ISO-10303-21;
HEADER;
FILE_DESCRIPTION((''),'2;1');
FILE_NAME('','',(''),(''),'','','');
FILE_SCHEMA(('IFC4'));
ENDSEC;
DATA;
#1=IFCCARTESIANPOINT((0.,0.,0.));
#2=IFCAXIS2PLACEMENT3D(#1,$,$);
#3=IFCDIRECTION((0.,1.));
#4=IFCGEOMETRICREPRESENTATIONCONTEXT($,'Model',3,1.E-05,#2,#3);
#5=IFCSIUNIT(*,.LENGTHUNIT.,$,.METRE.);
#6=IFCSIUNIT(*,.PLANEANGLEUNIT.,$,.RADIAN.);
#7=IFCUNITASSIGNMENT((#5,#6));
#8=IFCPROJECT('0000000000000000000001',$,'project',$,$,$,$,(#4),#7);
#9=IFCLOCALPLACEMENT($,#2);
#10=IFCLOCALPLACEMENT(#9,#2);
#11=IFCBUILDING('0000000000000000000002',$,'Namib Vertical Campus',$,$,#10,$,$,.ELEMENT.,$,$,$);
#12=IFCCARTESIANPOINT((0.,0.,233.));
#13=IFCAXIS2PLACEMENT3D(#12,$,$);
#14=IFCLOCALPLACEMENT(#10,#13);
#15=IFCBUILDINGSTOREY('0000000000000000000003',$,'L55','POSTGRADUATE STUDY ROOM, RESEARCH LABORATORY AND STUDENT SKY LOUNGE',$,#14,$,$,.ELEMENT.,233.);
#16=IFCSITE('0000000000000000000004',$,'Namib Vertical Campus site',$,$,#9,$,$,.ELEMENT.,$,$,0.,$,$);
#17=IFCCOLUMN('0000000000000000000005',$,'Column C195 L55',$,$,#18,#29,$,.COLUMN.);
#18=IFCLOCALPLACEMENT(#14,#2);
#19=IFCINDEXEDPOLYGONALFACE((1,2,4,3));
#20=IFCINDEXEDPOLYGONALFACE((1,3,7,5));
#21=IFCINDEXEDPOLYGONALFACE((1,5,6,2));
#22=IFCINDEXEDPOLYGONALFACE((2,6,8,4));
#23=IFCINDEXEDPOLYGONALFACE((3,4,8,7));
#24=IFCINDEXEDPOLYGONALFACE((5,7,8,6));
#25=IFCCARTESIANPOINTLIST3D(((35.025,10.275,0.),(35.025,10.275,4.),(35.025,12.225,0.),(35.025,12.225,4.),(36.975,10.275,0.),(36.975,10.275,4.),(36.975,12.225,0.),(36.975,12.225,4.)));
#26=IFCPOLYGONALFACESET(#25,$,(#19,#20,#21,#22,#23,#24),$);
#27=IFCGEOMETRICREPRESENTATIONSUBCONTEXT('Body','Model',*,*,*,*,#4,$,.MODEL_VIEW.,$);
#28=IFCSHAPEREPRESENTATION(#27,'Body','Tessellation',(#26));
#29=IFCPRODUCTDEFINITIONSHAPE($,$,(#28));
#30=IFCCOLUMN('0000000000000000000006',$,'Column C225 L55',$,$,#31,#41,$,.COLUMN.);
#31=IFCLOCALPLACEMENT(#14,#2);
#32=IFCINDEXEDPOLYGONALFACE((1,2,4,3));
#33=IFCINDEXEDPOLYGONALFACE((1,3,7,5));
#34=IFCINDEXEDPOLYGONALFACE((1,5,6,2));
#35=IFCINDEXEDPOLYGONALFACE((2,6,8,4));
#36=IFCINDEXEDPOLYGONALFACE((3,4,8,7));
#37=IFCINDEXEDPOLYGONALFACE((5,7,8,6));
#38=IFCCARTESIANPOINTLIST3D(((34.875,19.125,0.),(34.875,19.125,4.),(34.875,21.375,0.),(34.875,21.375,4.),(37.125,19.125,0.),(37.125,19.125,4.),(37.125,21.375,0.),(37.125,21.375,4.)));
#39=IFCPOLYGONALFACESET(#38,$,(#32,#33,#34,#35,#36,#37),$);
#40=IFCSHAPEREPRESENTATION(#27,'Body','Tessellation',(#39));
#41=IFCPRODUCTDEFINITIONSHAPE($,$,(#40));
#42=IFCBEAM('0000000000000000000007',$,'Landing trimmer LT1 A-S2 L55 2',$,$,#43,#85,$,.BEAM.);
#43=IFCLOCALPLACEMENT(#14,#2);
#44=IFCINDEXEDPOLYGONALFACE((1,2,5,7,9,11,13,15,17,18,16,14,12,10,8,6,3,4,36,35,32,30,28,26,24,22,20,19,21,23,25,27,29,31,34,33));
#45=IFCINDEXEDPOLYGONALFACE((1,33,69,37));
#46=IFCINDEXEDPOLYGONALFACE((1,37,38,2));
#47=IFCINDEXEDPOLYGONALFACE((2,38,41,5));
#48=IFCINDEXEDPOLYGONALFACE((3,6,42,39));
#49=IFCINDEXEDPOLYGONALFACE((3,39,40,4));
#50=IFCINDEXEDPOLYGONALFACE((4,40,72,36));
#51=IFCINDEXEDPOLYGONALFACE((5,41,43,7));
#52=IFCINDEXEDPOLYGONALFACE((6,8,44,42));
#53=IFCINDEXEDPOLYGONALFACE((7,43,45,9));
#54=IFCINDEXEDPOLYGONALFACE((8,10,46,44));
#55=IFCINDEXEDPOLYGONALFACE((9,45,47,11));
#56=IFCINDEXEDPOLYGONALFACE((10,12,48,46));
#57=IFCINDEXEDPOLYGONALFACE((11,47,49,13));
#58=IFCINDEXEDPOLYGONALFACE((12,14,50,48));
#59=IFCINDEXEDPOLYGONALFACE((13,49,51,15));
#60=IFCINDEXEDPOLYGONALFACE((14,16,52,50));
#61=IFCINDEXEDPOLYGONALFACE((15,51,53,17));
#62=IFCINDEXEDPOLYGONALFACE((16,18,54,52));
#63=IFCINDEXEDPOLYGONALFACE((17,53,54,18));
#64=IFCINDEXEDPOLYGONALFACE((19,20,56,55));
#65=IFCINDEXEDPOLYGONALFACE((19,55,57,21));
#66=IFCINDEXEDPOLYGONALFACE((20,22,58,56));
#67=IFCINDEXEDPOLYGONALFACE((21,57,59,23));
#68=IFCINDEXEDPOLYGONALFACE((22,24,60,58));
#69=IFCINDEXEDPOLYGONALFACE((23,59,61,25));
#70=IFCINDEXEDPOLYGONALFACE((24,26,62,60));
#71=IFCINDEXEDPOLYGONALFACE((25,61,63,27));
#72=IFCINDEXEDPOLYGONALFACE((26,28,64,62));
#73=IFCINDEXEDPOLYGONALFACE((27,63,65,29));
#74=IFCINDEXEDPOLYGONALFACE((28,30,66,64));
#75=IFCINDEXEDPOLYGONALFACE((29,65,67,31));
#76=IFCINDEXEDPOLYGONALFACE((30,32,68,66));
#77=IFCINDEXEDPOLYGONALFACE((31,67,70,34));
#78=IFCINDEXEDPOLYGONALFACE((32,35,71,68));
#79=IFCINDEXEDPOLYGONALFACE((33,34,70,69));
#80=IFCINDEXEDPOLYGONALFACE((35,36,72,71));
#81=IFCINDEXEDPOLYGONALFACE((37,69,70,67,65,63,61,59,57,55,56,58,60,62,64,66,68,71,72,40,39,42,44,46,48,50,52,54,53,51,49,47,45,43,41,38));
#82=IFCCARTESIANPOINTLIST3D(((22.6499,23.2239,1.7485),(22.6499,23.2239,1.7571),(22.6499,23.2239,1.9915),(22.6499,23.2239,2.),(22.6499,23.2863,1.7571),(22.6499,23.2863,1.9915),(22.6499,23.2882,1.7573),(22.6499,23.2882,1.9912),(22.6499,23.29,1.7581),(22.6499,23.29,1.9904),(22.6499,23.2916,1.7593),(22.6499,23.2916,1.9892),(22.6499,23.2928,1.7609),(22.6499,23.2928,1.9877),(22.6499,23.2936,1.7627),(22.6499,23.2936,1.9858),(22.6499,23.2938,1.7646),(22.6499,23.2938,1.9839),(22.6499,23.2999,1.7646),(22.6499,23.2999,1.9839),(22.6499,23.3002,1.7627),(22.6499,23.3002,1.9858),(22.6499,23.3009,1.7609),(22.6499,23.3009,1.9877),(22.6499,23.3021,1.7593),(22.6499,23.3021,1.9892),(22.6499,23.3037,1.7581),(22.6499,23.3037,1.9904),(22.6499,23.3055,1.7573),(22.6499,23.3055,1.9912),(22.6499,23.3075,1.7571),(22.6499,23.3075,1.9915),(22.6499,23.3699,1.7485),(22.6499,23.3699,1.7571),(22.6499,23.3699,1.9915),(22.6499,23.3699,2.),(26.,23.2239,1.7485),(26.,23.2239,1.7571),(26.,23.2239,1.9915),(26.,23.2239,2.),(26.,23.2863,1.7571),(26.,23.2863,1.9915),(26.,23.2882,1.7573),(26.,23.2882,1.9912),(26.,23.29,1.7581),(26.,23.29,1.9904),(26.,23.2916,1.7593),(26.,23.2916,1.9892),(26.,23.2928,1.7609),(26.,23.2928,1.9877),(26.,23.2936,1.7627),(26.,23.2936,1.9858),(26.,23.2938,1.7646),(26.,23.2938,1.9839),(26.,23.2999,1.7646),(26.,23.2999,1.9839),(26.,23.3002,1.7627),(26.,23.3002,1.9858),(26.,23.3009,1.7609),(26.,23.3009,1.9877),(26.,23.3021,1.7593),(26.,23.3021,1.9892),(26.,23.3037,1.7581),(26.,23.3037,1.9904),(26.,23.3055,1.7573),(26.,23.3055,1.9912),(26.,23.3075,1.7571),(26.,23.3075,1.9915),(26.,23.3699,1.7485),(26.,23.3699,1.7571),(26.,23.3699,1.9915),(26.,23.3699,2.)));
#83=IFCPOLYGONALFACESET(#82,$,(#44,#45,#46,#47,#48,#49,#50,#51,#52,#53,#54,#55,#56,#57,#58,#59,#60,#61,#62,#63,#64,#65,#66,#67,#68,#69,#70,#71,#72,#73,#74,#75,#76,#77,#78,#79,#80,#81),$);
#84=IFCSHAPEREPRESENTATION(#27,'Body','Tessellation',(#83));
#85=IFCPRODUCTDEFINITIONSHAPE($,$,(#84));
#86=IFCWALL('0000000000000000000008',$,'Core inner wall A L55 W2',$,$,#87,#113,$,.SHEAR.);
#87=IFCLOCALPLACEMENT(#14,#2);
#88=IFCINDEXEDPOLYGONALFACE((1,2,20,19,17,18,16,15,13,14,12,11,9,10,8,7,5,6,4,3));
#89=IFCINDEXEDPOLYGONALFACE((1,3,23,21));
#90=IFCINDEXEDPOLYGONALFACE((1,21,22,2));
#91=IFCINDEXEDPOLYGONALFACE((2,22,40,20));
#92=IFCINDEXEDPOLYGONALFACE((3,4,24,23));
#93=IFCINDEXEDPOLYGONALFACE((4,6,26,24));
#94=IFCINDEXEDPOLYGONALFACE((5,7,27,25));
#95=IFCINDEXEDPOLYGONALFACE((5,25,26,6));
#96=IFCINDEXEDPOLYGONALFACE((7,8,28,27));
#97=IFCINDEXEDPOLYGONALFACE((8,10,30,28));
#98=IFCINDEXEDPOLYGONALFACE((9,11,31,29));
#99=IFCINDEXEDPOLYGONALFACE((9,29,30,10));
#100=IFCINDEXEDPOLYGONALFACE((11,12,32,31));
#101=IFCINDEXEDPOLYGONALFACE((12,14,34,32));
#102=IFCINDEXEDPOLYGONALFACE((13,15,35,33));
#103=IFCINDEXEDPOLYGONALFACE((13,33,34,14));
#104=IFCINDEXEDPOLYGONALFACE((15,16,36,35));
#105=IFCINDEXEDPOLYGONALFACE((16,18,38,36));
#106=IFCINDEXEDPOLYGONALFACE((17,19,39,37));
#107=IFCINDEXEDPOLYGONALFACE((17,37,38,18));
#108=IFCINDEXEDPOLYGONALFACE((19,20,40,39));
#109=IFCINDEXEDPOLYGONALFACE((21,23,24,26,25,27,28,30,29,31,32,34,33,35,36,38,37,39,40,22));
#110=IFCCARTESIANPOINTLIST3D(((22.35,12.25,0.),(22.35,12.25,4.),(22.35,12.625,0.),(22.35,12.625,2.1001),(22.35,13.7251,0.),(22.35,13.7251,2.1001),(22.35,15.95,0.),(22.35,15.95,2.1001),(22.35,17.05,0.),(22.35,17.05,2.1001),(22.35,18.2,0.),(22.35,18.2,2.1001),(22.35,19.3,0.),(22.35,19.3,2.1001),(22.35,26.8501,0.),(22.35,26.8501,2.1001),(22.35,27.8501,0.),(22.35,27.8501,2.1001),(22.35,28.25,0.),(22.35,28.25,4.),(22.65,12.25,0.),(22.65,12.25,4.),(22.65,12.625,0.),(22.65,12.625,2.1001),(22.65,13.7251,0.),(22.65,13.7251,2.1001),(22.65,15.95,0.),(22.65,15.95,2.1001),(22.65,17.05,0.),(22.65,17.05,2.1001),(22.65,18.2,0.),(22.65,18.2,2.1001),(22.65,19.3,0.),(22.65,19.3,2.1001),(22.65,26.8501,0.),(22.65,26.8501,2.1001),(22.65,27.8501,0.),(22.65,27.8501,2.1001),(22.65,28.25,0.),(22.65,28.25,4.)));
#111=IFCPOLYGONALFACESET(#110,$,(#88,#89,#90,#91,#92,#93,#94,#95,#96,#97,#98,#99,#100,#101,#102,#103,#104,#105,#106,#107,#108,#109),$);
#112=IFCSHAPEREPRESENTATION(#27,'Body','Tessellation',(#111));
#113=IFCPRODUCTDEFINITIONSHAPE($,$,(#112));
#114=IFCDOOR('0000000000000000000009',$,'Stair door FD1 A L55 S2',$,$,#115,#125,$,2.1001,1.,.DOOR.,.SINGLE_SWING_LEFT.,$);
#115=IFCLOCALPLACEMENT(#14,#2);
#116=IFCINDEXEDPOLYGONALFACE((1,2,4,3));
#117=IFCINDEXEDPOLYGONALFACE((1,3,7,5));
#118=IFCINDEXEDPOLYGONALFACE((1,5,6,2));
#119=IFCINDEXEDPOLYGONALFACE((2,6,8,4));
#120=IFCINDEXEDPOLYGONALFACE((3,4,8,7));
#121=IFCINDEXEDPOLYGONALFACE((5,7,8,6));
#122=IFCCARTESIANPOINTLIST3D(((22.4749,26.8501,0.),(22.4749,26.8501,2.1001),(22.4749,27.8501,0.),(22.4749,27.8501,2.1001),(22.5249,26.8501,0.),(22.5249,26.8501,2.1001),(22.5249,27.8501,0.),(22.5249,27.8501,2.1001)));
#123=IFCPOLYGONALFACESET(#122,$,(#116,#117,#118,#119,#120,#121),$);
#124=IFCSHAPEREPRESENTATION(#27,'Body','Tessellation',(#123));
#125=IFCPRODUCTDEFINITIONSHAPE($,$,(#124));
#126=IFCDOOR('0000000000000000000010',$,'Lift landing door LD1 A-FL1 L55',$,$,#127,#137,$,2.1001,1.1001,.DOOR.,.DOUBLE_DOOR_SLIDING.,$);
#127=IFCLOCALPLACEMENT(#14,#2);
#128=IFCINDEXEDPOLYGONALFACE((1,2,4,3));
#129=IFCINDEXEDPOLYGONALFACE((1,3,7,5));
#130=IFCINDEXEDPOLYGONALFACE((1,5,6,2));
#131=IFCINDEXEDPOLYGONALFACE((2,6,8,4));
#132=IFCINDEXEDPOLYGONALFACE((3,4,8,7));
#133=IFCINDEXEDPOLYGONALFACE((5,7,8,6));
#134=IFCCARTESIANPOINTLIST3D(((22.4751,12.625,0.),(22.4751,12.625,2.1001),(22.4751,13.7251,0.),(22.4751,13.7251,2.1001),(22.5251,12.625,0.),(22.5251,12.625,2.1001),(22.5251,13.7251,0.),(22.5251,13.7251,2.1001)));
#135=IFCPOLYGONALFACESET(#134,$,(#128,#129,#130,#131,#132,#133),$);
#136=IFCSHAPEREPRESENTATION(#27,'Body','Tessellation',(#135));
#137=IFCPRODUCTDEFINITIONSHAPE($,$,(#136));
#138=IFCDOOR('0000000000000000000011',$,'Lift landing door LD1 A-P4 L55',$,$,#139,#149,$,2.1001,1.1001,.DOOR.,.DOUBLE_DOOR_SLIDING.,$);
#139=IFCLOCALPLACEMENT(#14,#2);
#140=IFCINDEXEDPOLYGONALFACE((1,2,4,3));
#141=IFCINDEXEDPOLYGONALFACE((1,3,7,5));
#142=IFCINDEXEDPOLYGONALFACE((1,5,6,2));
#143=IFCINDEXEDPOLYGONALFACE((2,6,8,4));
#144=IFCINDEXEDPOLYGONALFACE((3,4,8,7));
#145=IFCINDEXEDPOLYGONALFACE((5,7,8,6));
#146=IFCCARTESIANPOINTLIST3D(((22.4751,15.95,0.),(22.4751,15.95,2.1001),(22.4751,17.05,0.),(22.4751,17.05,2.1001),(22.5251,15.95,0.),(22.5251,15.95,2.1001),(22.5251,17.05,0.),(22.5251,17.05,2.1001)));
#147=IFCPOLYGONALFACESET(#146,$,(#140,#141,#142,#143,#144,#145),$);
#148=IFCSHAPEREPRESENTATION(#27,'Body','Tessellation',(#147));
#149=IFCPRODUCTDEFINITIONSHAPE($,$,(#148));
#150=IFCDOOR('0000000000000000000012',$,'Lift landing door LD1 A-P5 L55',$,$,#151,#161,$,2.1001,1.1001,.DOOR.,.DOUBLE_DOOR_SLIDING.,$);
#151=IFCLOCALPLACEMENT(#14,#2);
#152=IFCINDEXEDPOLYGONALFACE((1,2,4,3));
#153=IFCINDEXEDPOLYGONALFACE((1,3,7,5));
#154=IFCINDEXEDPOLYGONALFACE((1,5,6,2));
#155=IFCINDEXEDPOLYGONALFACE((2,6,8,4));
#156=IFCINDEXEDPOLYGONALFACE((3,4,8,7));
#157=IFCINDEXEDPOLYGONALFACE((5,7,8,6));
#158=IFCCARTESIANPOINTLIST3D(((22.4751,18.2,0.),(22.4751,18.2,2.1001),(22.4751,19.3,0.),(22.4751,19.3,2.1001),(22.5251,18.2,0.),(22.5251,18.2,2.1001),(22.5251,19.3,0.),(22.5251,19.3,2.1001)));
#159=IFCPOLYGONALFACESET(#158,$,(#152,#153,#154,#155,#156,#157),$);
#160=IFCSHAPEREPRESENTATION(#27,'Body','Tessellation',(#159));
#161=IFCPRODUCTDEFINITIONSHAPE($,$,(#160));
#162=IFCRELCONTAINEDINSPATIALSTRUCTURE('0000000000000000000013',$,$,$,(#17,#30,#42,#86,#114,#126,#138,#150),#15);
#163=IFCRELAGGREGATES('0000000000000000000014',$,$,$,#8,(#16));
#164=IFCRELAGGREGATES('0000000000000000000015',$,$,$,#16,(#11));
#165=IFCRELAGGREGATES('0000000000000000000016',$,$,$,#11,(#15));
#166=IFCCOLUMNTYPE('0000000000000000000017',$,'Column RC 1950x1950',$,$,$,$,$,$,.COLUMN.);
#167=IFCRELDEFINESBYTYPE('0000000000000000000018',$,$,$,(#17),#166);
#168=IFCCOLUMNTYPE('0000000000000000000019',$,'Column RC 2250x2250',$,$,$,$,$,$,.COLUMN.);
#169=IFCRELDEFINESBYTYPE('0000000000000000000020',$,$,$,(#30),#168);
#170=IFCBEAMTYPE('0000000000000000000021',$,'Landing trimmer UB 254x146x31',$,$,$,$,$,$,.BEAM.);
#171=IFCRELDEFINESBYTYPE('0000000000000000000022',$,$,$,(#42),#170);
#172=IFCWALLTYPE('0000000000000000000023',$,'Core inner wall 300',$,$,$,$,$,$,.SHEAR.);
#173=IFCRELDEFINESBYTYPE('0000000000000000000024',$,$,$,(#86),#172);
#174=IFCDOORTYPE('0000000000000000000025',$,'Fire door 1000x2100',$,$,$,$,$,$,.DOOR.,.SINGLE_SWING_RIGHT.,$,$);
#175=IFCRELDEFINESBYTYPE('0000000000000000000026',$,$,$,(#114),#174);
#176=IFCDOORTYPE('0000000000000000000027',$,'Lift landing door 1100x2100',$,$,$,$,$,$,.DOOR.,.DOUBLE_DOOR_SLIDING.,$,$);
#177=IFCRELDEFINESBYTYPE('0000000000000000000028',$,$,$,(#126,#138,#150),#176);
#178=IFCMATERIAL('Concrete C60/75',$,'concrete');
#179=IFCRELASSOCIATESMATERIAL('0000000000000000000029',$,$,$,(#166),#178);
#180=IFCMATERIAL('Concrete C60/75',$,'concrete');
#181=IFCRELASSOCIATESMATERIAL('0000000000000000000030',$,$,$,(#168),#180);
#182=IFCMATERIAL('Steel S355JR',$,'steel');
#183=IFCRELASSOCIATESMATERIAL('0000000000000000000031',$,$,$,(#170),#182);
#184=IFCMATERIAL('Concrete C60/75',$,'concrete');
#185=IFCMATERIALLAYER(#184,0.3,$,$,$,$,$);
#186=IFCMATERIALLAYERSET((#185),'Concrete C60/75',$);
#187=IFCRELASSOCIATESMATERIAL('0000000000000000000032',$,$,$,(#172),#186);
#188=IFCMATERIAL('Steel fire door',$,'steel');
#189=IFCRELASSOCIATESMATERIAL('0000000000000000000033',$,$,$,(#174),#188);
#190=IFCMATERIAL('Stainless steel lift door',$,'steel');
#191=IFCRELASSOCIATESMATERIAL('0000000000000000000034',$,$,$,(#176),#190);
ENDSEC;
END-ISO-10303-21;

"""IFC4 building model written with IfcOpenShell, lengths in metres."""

from ifc_helpers import new_model, si_unit, direction, frame, frame_2d, origin, origin_2d, place, context, subcontext, project, spatial, rectangle, i_section, extrude, material, layer, layer_set, material_profile, profile_set, type_object, element, fill, save


model = new_model("IFC4")

# Units and contexts
model_context = context("Model", 3, precision=1e-05, world=origin(), true_north=direction((0.0, 1.0)))
body_context = subcontext(model_context, "Body", "Model", "MODEL_VIEW")
ifc_project = project(units=[si_unit("LENGTHUNIT", "METRE"), si_unit("PLANEANGLEUNIT", "RADIAN")], contexts=[model_context])

# Site, building, storey
site_placement = place(None, origin())
site = spatial("IfcSite", under=ifc_project, at=site_placement, Name="Namib Vertical Campus site", CompositionType="ELEMENT", RefElevation=0.0)
building_placement = place(site_placement, origin())
building = spatial("IfcBuilding", under=site, at=building_placement, Name="Namib Vertical Campus", CompositionType="ELEMENT")
storey_placement = place(building_placement, frame((0.0, 0.0, 233.0)))
storey = spatial("IfcBuildingStorey", under=building, at=storey_placement, Name="L55", Description="POSTGRADUATE STUDY ROOM, RESEARCH LABORATORY AND STUDENT SKY LOUNGE", CompositionType="ELEMENT", Elevation=233.0)

# Columns
ifc_material_1 = material(Name="Concrete C60/75", Category="concrete")
ifc_material_profile_1 = material_profile(ifc_material_1, rectangle(XDim=1.95, YDim=1.95, at=origin_2d()))
ifc_profile_set_1 = profile_set([ifc_material_profile_1], Name="Concrete C60/75")
column_type_1 = type_object("IfcColumnType", Name="Column RC 1950x1950", PredefinedType="COLUMN", material=ifc_profile_set_1)
column_1_placement = place(storey_placement, frame((36.0, 11.25, 0.0), z_axis=(0.0, 0.0, 1.0), x_axis=(1.0, 0.0, 0.0)))
element("IfcColumn", 1, at=column_1_placement, inside=storey, type_object=column_type_1, Name="Column C195 L55", PredefinedType="COLUMN", context=body_context, shape_type="SweptSolid", body=[
    extrude(rectangle(XDim=1.95, YDim=1.95, at=origin_2d()), origin(), (0.0, 0.0, 1.0), 4.0),
])
ifc_material_2 = material(Name="Concrete C60/75", Category="concrete")
ifc_material_profile_2 = material_profile(ifc_material_2, rectangle(XDim=2.25, YDim=2.25, at=origin_2d()))
ifc_profile_set_2 = profile_set([ifc_material_profile_2], Name="Concrete C60/75")
column_type_2 = type_object("IfcColumnType", Name="Column RC 2250x2250", PredefinedType="COLUMN", material=ifc_profile_set_2)
column_2_placement = place(storey_placement, frame((36.0, 20.25, 0.0), z_axis=(0.0, 0.0, 1.0), x_axis=(1.0, 0.0, 0.0)))
element("IfcColumn", 2, at=column_2_placement, inside=storey, type_object=column_type_2, Name="Column C225 L55", PredefinedType="COLUMN", context=body_context, shape_type="SweptSolid", body=[
    extrude(rectangle(XDim=2.25, YDim=2.25, at=origin_2d()), origin(), (0.0, 0.0, 1.0), 4.0),
])

# Beam
ifc_material_3 = material(Name="Steel S355JR", Category="steel")
ifc_material_profile_3 = material_profile(ifc_material_3, i_section(OverallWidth=0.146, OverallDepth=0.2515, WebThickness=0.0061, FlangeThickness=0.0085, FilletRadius=0.0076, at=origin_2d()))
ifc_profile_set_3 = profile_set([ifc_material_profile_3], Name="Steel S355JR")
beam_type = type_object("IfcBeamType", Name="Landing trimmer UB 254x146x31", PredefinedType="BEAM", material=ifc_profile_set_3)
beam_placement = place(storey_placement, frame((22.6499, 23.2969, 1.8743), z_axis=(1.0, 0.0, 0.0), x_axis=(0.0, 1.0, 0.0)))
element("IfcBeam", 3, at=beam_placement, inside=storey, type_object=beam_type, Name="Landing trimmer LT1 A-S2 L55 2", PredefinedType="BEAM", context=body_context, shape_type="SweptSolid", body=[
    extrude(i_section(OverallWidth=0.146, OverallDepth=0.2515, WebThickness=0.0061, FlangeThickness=0.0085, FilletRadius=0.0076, at=origin_2d()), origin(), (0.0, 0.0, 1.0), 3.3501),
])

# Wall, openings, doors
ifc_material_4 = material(Name="Concrete C60/75", Category="concrete")
ifc_layer_1 = layer(ifc_material_4, 0.3)
ifc_layer_set_1 = layer_set([ifc_layer_1], Name="Concrete C60/75")
wall_type_1 = type_object("IfcWallType", Name="Core inner wall 300", PredefinedType="SHEAR", material=ifc_layer_set_1)
wall_1_placement = place(storey_placement, frame((22.5, 12.25, 0.0), z_axis=(0.0, 0.0, 1.0), x_axis=(0.0, 1.0, 0.0)))
wall_1 = element("IfcWall", 4, at=wall_1_placement, inside=storey, type_object=wall_type_1, Name="Core inner wall A L55 W2", PredefinedType="SHEAR", context=body_context, shape_type="SweptSolid", body=[
    extrude(rectangle(XDim=16.0, YDim=0.3, at=frame_2d((8.0, 0.0))), origin(), (0.0, 0.0, 1.0), 4.0),
])
opening_1_placement = place(wall_1_placement, frame((14.6001, 0.0, 0.0)))
opening_1 = element("IfcOpeningElement", 5, at=opening_1_placement, cuts=wall_1, PredefinedType="OPENING", context=body_context, shape_type="SweptSolid", body=[
    extrude(rectangle(XDim=1.0, YDim=2.1001, at=frame_2d((0.5, 1.05))), frame((0.0, 0.1599, 0.0), z_axis=(0.0, -1.0, 0.0), x_axis=(1.0, 0.0, 0.0)), (0.0, 0.0, 1.0), 0.3201),
])
opening_2_placement = place(wall_1_placement, frame((0.375, 0.0, 0.0)))
opening_2 = element("IfcOpeningElement", 6, at=opening_2_placement, cuts=wall_1, PredefinedType="OPENING", context=body_context, shape_type="SweptSolid", body=[
    extrude(rectangle(XDim=1.1001, YDim=2.1001, at=frame_2d((0.55, 1.05))), frame((0.0, 0.1599, 0.0), z_axis=(0.0, -1.0, 0.0), x_axis=(1.0, 0.0, 0.0)), (0.0, 0.0, 1.0), 0.3201),
])
opening_3_placement = place(wall_1_placement, frame((3.7, 0.0, 0.0)))
opening_3 = element("IfcOpeningElement", 7, at=opening_3_placement, cuts=wall_1, PredefinedType="OPENING", context=body_context, shape_type="SweptSolid", body=[
    extrude(rectangle(XDim=1.1001, YDim=2.1001, at=frame_2d((0.55, 1.05))), frame((0.0, 0.1599, 0.0), z_axis=(0.0, -1.0, 0.0), x_axis=(1.0, 0.0, 0.0)), (0.0, 0.0, 1.0), 0.3201),
])
opening_4_placement = place(wall_1_placement, frame((5.95, 0.0, 0.0)))
opening_4 = element("IfcOpeningElement", 8, at=opening_4_placement, cuts=wall_1, PredefinedType="OPENING", context=body_context, shape_type="SweptSolid", body=[
    extrude(rectangle(XDim=1.1001, YDim=2.1001, at=frame_2d((0.55, 1.05))), frame((0.0, 0.1599, 0.0), z_axis=(0.0, -1.0, 0.0), x_axis=(1.0, 0.0, 0.0)), (0.0, 0.0, 1.0), 0.3201),
])
ifc_material_5 = material(Name="Steel fire door", Category="steel")
door_type_1 = type_object("IfcDoorType", Name="Fire door 1000x2100", OperationType="SINGLE_SWING_RIGHT", PredefinedType="DOOR", material=ifc_material_5)
door_1_placement = place(opening_1_placement, frame((1.0, 0.0, 0.0), z_axis=(0.0, 0.0, 1.0), x_axis=(-1.0, 0.0, 0.0)))
door_1 = element("IfcDoor", 9, at=door_1_placement, inside=storey, type_object=door_type_1, Name="Stair door FD1 A L55 S2", OperationType="SINGLE_SWING_LEFT", OverallHeight=2.1001, OverallWidth=1.0, PredefinedType="DOOR", context=body_context, shape_type="SweptSolid", body=[
    extrude(rectangle(XDim=1.0, YDim=2.1001, at=frame_2d((0.5, 1.05))), frame((0.0, 0.0249, 0.0), z_axis=(0.0, -1.0, 0.0), x_axis=(1.0, 0.0, 0.0)), (0.0, 0.0, 1.0), 0.05),
])
fill(opening_1, door_1)
ifc_material_6 = material(Name="Stainless steel lift door", Category="steel")
door_type_2 = type_object("IfcDoorType", Name="Lift landing door 1100x2100", OperationType="DOUBLE_DOOR_SLIDING", PredefinedType="DOOR", material=ifc_material_6)
door_2_placement = place(opening_2_placement, origin())
door_2 = element("IfcDoor", 10, at=door_2_placement, inside=storey, type_object=door_type_2, Name="Lift landing door LD1 A-FL1 L55", OperationType="DOUBLE_DOOR_SLIDING", OverallHeight=2.1001, OverallWidth=1.1001, PredefinedType="DOOR", context=body_context, shape_type="SweptSolid", body=[
    extrude(rectangle(XDim=1.1001, YDim=2.1001, at=frame_2d((0.55, 1.05))), frame((0.0, 0.0249, 0.0), z_axis=(0.0, -1.0, 0.0), x_axis=(1.0, 0.0, 0.0)), (0.0, 0.0, 1.0), 0.05),
])
fill(opening_2, door_2)
door_3_placement = place(opening_3_placement, origin())
door_3 = element("IfcDoor", 11, at=door_3_placement, inside=storey, type_object=door_type_2, Name="Lift landing door LD1 A-P4 L55", OperationType="DOUBLE_DOOR_SLIDING", OverallHeight=2.1001, OverallWidth=1.1001, PredefinedType="DOOR", context=body_context, shape_type="SweptSolid", body=[
    extrude(rectangle(XDim=1.1001, YDim=2.1001, at=frame_2d((0.55, 1.05))), frame((0.0, 0.0249, 0.0), z_axis=(0.0, -1.0, 0.0), x_axis=(1.0, 0.0, 0.0)), (0.0, 0.0, 1.0), 0.05),
])
fill(opening_3, door_3)
door_4_placement = place(opening_4_placement, origin())
door_4 = element("IfcDoor", 12, at=door_4_placement, inside=storey, type_object=door_type_2, Name="Lift landing door LD1 A-P5 L55", OperationType="DOUBLE_DOOR_SLIDING", OverallHeight=2.1001, OverallWidth=1.1001, PredefinedType="DOOR", context=body_context, shape_type="SweptSolid", body=[
    extrude(rectangle(XDim=1.1001, YDim=2.1001, at=frame_2d((0.55, 1.05))), frame((0.0, 0.0249, 0.0), z_axis=(0.0, -1.0, 0.0), x_axis=(1.0, 0.0, 0.0)), (0.0, 0.0, 1.0), 0.05),
])
fill(opening_4, door_4)

save(model, "model.ifc")
